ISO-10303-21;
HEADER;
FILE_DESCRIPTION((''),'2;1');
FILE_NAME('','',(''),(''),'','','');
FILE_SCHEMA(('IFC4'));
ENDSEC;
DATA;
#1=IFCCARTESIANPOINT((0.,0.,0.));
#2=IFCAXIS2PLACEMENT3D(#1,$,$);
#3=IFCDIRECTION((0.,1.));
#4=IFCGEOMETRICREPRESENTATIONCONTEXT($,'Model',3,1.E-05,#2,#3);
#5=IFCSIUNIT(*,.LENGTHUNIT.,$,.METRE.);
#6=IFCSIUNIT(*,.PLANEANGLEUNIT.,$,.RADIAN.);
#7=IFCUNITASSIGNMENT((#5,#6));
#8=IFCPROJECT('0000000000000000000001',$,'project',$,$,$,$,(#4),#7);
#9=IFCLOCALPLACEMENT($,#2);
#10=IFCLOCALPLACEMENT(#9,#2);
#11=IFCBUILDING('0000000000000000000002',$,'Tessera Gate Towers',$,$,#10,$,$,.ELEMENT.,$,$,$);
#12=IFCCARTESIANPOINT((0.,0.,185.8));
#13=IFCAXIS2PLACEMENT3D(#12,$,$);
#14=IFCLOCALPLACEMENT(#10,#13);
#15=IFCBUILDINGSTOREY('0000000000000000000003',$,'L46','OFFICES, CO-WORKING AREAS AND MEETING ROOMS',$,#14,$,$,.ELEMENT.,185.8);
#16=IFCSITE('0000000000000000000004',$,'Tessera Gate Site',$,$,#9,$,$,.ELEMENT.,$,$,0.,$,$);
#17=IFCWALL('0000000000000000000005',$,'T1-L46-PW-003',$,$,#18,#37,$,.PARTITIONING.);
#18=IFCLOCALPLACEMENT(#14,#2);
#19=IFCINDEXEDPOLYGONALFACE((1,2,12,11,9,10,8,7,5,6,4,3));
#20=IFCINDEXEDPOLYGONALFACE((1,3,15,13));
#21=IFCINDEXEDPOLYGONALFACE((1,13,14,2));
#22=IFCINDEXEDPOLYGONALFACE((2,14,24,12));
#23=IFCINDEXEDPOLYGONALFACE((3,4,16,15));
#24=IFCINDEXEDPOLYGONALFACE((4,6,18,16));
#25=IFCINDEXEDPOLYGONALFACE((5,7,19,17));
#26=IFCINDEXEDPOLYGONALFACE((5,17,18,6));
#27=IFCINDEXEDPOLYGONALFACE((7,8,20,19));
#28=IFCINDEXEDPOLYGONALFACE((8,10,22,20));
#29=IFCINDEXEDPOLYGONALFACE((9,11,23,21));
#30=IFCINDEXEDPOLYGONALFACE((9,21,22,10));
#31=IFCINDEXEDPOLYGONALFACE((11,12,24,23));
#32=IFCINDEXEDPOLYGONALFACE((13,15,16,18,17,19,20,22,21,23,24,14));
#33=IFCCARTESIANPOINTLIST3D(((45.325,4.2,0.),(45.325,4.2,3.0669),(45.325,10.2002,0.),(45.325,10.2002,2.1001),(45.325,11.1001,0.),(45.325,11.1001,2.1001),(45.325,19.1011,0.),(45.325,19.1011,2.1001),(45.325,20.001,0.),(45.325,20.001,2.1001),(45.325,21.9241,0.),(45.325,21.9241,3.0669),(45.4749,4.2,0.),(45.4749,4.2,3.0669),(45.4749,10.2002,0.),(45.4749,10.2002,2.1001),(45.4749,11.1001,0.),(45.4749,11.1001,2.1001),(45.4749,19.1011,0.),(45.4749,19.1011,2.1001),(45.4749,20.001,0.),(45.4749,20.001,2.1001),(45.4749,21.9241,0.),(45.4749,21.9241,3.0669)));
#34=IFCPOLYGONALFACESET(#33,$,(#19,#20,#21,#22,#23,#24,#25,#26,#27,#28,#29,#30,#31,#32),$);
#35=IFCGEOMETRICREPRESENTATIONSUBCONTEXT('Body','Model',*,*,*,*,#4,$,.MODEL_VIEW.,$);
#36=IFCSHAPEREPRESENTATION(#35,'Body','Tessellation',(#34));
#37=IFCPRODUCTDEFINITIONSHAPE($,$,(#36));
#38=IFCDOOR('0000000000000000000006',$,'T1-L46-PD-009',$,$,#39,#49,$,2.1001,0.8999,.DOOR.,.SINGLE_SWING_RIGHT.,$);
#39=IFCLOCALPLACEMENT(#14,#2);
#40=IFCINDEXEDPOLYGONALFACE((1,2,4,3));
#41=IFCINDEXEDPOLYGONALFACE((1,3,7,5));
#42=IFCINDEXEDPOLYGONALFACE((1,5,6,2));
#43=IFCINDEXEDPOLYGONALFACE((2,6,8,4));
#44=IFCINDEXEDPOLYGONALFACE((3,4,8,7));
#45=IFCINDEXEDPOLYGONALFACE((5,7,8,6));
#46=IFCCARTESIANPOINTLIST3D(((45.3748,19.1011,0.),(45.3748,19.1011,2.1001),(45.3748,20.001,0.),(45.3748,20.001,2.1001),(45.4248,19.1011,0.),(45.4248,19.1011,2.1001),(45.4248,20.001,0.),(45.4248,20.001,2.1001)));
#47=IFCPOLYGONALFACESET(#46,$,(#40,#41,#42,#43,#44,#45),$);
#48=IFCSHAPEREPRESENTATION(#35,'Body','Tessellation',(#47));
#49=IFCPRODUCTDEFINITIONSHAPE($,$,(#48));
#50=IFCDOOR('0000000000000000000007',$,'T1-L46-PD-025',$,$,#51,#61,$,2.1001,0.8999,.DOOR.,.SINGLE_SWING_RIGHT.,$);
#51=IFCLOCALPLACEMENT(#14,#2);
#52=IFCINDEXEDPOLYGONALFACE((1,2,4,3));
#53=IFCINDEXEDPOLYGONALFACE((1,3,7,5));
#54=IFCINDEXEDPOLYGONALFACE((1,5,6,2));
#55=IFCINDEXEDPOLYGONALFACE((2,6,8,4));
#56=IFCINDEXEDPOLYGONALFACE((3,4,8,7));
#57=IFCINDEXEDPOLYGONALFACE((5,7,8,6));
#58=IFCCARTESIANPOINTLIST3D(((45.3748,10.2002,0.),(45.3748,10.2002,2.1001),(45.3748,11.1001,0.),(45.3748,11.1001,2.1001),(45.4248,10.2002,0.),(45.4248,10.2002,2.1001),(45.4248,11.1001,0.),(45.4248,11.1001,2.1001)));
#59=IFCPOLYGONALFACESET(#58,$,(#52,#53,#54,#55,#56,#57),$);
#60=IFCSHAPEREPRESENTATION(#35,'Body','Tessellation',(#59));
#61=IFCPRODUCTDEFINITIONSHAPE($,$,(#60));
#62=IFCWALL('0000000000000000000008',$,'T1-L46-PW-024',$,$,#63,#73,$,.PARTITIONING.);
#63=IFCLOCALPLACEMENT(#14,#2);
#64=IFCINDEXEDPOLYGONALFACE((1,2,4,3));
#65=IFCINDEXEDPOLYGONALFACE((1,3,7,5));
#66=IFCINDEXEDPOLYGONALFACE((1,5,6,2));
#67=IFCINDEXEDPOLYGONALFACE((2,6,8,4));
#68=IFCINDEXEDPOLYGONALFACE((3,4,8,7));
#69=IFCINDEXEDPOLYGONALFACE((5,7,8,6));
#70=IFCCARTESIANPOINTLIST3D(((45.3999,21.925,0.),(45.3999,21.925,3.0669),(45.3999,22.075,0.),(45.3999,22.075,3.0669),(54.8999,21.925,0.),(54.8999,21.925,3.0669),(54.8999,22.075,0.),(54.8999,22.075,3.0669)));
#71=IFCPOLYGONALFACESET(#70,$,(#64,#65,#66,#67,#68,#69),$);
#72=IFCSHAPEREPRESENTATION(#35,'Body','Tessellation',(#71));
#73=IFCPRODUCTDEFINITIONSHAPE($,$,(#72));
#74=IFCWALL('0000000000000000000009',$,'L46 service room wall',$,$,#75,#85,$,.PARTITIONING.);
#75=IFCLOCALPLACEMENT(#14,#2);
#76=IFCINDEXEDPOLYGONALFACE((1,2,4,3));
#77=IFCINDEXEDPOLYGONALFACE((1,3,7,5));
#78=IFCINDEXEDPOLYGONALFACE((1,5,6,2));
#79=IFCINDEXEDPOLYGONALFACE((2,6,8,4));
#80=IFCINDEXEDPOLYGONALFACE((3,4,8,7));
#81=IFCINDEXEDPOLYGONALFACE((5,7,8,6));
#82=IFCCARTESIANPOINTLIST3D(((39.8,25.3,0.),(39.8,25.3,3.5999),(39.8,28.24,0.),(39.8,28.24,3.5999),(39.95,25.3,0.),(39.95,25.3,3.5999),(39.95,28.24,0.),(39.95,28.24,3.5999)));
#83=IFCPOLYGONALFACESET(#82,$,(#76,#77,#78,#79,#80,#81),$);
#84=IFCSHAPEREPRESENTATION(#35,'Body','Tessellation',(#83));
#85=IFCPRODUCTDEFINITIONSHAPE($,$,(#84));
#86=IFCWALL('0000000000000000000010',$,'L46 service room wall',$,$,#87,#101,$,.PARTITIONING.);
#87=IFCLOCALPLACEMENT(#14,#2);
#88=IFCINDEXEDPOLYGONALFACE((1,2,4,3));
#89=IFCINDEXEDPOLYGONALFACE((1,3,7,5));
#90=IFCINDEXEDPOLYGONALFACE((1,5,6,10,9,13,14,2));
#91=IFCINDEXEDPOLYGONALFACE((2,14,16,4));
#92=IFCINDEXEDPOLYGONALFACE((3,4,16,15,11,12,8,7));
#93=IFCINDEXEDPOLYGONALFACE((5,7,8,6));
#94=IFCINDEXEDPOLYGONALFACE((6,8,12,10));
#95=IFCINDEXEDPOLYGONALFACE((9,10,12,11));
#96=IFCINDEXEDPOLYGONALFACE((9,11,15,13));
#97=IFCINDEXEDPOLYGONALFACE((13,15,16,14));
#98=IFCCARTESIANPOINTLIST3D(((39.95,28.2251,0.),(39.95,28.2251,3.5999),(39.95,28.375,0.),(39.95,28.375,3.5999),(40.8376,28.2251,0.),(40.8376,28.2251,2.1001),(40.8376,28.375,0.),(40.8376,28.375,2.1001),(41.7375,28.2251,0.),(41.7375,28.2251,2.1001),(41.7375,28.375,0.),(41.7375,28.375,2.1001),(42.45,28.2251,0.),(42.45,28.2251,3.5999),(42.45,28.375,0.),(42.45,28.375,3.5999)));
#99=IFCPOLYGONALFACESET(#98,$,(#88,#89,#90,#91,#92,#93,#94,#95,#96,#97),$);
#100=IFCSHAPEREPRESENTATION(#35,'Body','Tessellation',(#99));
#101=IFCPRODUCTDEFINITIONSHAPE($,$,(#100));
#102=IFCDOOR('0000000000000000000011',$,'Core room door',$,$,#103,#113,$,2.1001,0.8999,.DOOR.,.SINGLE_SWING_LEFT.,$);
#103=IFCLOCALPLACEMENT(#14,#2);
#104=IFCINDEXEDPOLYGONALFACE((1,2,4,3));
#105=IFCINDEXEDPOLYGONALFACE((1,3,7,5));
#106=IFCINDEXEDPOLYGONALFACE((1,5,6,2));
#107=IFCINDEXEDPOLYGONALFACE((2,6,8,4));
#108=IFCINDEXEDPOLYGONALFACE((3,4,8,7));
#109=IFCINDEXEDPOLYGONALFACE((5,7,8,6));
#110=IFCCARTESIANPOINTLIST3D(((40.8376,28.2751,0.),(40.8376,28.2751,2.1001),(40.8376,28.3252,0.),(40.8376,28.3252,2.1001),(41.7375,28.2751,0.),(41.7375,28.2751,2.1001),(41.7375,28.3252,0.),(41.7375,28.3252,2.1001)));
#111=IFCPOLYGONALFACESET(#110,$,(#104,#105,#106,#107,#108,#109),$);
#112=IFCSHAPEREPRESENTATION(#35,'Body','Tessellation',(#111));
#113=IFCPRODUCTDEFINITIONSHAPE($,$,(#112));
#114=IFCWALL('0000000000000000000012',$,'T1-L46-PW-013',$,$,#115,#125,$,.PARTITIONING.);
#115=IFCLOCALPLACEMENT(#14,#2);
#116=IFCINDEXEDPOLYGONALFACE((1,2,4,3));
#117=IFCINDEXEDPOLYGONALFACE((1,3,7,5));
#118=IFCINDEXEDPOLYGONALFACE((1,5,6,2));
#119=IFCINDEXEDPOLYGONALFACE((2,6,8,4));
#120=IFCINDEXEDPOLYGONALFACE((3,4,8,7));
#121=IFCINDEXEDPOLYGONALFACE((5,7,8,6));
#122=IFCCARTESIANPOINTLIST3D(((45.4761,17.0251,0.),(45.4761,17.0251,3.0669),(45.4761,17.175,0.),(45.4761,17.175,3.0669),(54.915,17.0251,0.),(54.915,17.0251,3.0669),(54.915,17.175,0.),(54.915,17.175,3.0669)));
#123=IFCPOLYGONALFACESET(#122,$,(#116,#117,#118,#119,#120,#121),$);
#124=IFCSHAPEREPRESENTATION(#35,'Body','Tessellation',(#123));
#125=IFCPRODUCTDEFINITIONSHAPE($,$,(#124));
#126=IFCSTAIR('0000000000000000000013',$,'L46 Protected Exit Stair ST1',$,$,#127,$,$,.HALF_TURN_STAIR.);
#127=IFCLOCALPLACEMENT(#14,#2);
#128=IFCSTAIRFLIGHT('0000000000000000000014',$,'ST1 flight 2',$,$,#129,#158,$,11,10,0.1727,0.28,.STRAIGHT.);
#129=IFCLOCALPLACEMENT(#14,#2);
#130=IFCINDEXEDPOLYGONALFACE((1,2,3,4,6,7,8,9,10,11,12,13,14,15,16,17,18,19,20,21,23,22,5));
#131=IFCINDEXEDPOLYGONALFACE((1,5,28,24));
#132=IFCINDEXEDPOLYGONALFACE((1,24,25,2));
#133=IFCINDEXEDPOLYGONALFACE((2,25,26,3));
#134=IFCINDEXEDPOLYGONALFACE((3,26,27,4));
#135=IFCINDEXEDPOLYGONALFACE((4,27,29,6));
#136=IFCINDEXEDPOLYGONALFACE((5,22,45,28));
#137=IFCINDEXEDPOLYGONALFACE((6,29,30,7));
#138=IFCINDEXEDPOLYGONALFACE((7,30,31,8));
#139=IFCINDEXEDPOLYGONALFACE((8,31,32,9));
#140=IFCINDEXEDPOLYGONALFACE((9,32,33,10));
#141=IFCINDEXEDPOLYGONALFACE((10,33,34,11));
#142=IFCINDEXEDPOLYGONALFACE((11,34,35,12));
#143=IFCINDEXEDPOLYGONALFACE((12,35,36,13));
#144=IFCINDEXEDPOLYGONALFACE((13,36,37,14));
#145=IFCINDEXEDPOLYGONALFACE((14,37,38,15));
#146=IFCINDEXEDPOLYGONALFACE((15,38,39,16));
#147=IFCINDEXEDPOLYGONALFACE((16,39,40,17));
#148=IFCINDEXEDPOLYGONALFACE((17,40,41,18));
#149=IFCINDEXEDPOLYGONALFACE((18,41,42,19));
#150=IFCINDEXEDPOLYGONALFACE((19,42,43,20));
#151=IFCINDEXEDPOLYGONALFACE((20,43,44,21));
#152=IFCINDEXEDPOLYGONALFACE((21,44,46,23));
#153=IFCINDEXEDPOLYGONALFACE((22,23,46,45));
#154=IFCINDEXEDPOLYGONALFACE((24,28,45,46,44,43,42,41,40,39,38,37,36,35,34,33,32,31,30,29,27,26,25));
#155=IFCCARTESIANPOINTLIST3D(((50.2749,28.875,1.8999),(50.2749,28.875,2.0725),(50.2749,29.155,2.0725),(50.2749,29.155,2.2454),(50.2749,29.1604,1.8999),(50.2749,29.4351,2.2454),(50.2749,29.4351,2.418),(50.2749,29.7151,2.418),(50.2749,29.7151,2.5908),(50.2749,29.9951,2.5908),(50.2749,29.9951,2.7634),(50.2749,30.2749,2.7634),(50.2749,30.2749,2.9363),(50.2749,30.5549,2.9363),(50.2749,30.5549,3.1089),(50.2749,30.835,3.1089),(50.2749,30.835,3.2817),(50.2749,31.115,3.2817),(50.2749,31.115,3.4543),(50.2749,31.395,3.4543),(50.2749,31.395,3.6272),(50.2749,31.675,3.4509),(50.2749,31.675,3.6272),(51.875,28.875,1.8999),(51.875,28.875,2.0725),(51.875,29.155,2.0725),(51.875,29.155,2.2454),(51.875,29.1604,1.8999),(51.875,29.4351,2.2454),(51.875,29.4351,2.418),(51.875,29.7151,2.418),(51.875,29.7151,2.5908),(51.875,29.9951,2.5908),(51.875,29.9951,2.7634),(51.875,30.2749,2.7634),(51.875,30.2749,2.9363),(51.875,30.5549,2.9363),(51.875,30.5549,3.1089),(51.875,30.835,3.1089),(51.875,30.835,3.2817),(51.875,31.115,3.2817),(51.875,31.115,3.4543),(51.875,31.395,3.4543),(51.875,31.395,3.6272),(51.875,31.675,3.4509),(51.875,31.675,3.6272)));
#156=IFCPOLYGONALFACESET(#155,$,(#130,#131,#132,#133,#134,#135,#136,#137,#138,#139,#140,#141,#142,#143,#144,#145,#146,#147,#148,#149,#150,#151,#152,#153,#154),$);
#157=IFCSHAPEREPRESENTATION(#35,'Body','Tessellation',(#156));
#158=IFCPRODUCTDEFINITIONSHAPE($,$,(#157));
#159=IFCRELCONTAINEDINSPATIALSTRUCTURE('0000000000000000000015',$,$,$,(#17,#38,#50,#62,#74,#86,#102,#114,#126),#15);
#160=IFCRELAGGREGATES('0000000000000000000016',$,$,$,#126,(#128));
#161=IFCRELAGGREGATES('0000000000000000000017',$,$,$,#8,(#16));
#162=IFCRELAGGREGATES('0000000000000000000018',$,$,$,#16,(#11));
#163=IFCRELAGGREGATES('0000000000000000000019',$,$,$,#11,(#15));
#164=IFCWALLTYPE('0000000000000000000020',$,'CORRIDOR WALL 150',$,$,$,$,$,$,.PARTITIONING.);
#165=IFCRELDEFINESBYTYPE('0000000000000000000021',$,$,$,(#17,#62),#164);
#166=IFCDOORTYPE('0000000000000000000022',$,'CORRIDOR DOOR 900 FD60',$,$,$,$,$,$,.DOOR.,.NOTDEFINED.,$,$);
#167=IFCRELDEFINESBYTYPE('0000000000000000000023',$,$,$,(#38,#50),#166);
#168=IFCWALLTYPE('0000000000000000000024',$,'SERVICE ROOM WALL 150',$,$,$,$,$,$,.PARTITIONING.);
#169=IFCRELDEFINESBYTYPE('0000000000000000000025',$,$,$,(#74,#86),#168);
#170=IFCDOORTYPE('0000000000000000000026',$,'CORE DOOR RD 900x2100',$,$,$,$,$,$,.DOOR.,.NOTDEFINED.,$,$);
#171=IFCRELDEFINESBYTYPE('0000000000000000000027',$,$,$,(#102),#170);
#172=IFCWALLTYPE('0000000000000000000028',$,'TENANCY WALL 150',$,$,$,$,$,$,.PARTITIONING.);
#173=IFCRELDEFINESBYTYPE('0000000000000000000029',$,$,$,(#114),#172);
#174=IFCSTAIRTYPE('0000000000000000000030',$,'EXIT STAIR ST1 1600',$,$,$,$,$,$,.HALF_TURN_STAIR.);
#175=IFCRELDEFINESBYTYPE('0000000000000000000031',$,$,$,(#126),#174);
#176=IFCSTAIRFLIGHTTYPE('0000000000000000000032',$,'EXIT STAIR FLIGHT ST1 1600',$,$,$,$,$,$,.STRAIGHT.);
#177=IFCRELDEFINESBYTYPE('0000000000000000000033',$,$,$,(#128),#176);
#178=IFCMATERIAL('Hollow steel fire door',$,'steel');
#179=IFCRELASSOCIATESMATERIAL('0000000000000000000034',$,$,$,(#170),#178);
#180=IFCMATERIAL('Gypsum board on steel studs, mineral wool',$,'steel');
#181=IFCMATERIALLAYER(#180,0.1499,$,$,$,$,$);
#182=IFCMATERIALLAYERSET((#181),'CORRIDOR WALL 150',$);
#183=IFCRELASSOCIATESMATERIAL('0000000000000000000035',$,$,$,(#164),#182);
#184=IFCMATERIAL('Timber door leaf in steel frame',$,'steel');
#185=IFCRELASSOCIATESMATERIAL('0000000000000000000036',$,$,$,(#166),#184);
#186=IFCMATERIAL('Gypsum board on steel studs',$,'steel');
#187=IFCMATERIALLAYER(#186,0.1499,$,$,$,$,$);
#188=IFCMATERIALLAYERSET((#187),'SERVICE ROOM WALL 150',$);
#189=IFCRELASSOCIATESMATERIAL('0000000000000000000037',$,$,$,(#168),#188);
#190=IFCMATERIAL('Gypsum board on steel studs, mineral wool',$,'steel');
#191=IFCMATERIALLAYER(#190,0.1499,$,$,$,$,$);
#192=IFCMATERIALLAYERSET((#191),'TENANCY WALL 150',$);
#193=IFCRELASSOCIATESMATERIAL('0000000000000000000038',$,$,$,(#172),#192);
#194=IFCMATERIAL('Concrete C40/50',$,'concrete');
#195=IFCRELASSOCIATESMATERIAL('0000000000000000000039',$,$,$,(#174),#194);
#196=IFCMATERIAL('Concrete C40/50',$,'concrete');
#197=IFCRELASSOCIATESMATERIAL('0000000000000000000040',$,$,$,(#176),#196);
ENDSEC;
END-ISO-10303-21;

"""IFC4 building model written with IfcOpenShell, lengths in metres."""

from ifc_helpers import new_model, si_unit, direction, frame, frame_2d, origin, place, context, subcontext, project, spatial, polyline, rectangle, outline, extrude, source, transform, mapped, material, layer, layer_set, type_object, element, fill, aggregate, save


model = new_model("IFC4")

# Units and contexts
model_context = context("Model", 3, precision=1e-05, world=origin(), true_north=direction((0.0, 1.0)))
body_context = subcontext(model_context, "Body", "Model", "MODEL_VIEW")
ifc_project = project(units=[si_unit("LENGTHUNIT", "METRE"), si_unit("PLANEANGLEUNIT", "RADIAN")], contexts=[model_context])

# Site, building, storey
site_placement = place(None, origin())
site = spatial("IfcSite", under=ifc_project, at=site_placement, Name="Tessera Gate Site", CompositionType="ELEMENT", RefElevation=0.0)
building_placement = place(site_placement, origin())
building = spatial("IfcBuilding", under=site, at=building_placement, Name="Tessera Gate Towers", CompositionType="ELEMENT")
storey_placement = place(building_placement, frame((0.0, 0.0, 185.8)))
storey = spatial("IfcBuildingStorey", under=building, at=storey_placement, Name="L46", Description="OFFICES, CO-WORKING AREAS AND MEETING ROOMS", CompositionType="ELEMENT", Elevation=185.8)

# Shared definitions
ifc_material_1 = material(Name="Hollow steel fire door", Category="steel")
door_type_1 = type_object("IfcDoorType", Name="CORE DOOR RD 900x2100", OperationType="NOTDEFINED", PredefinedType="DOOR", material=ifc_material_1)
shared_shape_1 = source(origin(), body_context, "Body", "SweptSolid", [
    extrude(rectangle(XDim=0.8999, YDim=2.1001, at=frame_2d((0.45, 1.05))), frame((0.0, 0.0249, 0.0), z_axis=(0.0, -1.0, 0.0), x_axis=(1.0, 0.0, 0.0)), (0.0, 0.0, 1.0), 0.05),
])

# Wall, openings, doors
ifc_material_2 = material(Name="Gypsum board on steel studs, mineral wool", Category="steel")
ifc_layer_1 = layer(ifc_material_2, 0.1499)
ifc_layer_set_1 = layer_set([ifc_layer_1], Name="CORRIDOR WALL 150")
wall_type_1 = type_object("IfcWallType", Name="CORRIDOR WALL 150", PredefinedType="PARTITIONING", material=ifc_layer_set_1)
wall_1_placement = place(storey_placement, frame((45.3999, 21.9241, 0.0), z_axis=(0.0, 0.0, 1.0), x_axis=(0.0, -1.0, 0.0)))
wall_1 = element("IfcWall", 1, at=wall_1_placement, inside=storey, type_object=wall_type_1, Name="T1-L46-PW-003", PredefinedType="PARTITIONING", context=body_context, shape_type="SweptSolid", body=[
    extrude(rectangle(XDim=17.7241, YDim=0.1499, at=frame_2d((8.8621, 0.0))), origin(), (0.0, 0.0, 1.0), 3.0669),
])
shared_shape_2 = source(origin(), body_context, "Body", "SweptSolid", [
    extrude(rectangle(XDim=0.8999, YDim=2.1001, at=frame_2d((0.45, 1.05))), frame((0.0, 0.085, 0.0), z_axis=(0.0, -1.0, 0.0), x_axis=(1.0, 0.0, 0.0)), (0.0, 0.0, 1.0), 0.1699),
])
opening_1_placement = place(wall_1_placement, frame((1.9231, 0.0, 0.0)))
opening_1 = element("IfcOpeningElement", 2, at=opening_1_placement, cuts=wall_1, PredefinedType="OPENING", context=body_context, shape_type="MappedRepresentation", body=[
    mapped(shared_shape_2, transform((0.0, 0.0, 0.0), scale=1.0)),
])
opening_2_placement = place(wall_1_placement, frame((10.824, 0.0, 0.0)))
opening_2 = element("IfcOpeningElement", 3, at=opening_2_placement, cuts=wall_1, PredefinedType="OPENING", context=body_context, shape_type="MappedRepresentation", body=[
    mapped(shared_shape_2, transform((0.0, 0.0, 0.0), scale=1.0)),
])
ifc_material_3 = material(Name="Timber door leaf in steel frame", Category="steel")
door_type_2 = type_object("IfcDoorType", Name="CORRIDOR DOOR 900 FD60", OperationType="NOTDEFINED", PredefinedType="DOOR", material=ifc_material_3)
door_1_placement = place(opening_1_placement, origin())
door_1 = element("IfcDoor", 4, at=door_1_placement, inside=storey, type_object=door_type_2, Name="T1-L46-PD-009", OperationType="SINGLE_SWING_RIGHT", OverallHeight=2.1001, OverallWidth=0.8999, PredefinedType="DOOR", context=body_context, shape_type="MappedRepresentation", body=[
    mapped(shared_shape_1, transform((0.0, 0.0, 0.0), scale=1.0)),
])
fill(opening_1, door_1)
door_2_placement = place(opening_2_placement, origin())
door_2 = element("IfcDoor", 5, at=door_2_placement, inside=storey, type_object=door_type_2, Name="T1-L46-PD-025", OperationType="SINGLE_SWING_RIGHT", OverallHeight=2.1001, OverallWidth=0.8999, PredefinedType="DOOR", context=body_context, shape_type="MappedRepresentation", body=[
    mapped(shared_shape_1, transform((0.0, 0.0, 0.0), scale=1.0)),
])
fill(opening_2, door_2)

# Walls
wall_2_placement = place(storey_placement, frame((45.3999, 22.0, 0.0), z_axis=(0.0, 0.0, 1.0), x_axis=(1.0, 0.0, 0.0)))
element("IfcWall", 6, at=wall_2_placement, inside=storey, type_object=wall_type_1, Name="T1-L46-PW-024", PredefinedType="PARTITIONING", context=body_context, shape_type="SweptSolid", body=[
    extrude(rectangle(XDim=9.5, YDim=0.1499, at=frame_2d((4.75, 0.0))), origin(), (0.0, 0.0, 1.0), 3.0669),
])
ifc_material_4 = material(Name="Gypsum board on steel studs", Category="steel")
ifc_layer_2 = layer(ifc_material_4, 0.1499)
ifc_layer_set_2 = layer_set([ifc_layer_2], Name="SERVICE ROOM WALL 150")
wall_type_2 = type_object("IfcWallType", Name="SERVICE ROOM WALL 150", PredefinedType="PARTITIONING", material=ifc_layer_set_2)
wall_3_placement = place(storey_placement, frame((39.875, 25.3, 0.0), z_axis=(0.0, 0.0, 1.0), x_axis=(0.0, 1.0, 0.0)))
element("IfcWall", 7, at=wall_3_placement, inside=storey, type_object=wall_type_2, Name="L46 service room wall", PredefinedType="PARTITIONING", context=body_context, shape_type="SweptSolid", body=[
    extrude(rectangle(XDim=2.9399, YDim=0.1499, at=frame_2d((1.47, 0.0))), origin(), (0.0, 0.0, 1.0), 3.5999),
])

# Wall, opening, door
wall_4_placement = place(storey_placement, frame((42.45, 28.3, 0.0), z_axis=(0.0, 0.0, 1.0), x_axis=(-1.0, 0.0, 0.0)))
wall_4 = element("IfcWall", 8, at=wall_4_placement, inside=storey, type_object=wall_type_2, Name="L46 service room wall", PredefinedType="PARTITIONING", context=body_context, shape_type="SweptSolid", body=[
    extrude(rectangle(XDim=2.5, YDim=0.1499, at=frame_2d((1.25, 0.0))), origin(), (0.0, 0.0, 1.0), 3.5999),
])
opening_3_placement = place(wall_4_placement, frame((0.7124, 0.0, 0.0)))
opening_3 = element("IfcOpeningElement", 9, at=opening_3_placement, cuts=wall_4, PredefinedType="OPENING", context=body_context, shape_type="MappedRepresentation", body=[
    mapped(shared_shape_2, transform((0.0, 0.0, 0.0), scale=1.0)),
])
door_3_placement = place(opening_3_placement, origin())
door_3 = element("IfcDoor", 10, at=door_3_placement, inside=storey, type_object=door_type_1, Name="Core room door", OperationType="SINGLE_SWING_LEFT", OverallHeight=2.1001, OverallWidth=0.8999, PredefinedType="DOOR", context=body_context, shape_type="MappedRepresentation", body=[
    mapped(shared_shape_1, transform((0.0, 0.0, 0.0), scale=1.0)),
])
fill(opening_3, door_3)

# Wall
ifc_material_5 = material(Name="Gypsum board on steel studs, mineral wool", Category="steel")
ifc_layer_3 = layer(ifc_material_5, 0.1499)
ifc_layer_set_3 = layer_set([ifc_layer_3], Name="TENANCY WALL 150")
wall_type_3 = type_object("IfcWallType", Name="TENANCY WALL 150", PredefinedType="PARTITIONING", material=ifc_layer_set_3)
wall_5_placement = place(storey_placement, frame((45.4761, 17.1001, 0.0), z_axis=(0.0, 0.0, 1.0), x_axis=(1.0, 0.0, 0.0)))
element("IfcWall", 11, at=wall_5_placement, inside=storey, type_object=wall_type_3, Name="T1-L46-PW-013", PredefinedType="PARTITIONING", context=body_context, shape_type="SweptSolid", body=[
    extrude(rectangle(XDim=9.439, YDim=0.1499, at=frame_2d((4.7195, 0.0))), origin(), (0.0, 0.0, 1.0), 3.0669),
])

# Stair, stair flight
ifc_material_6 = material(Name="Concrete C40/50", Category="concrete")
stair_type = type_object("IfcStairType", Name="EXIT STAIR ST1 1600", PredefinedType="HALF_TURN_STAIR", material=ifc_material_6)
stair_placement = place(storey_placement, origin())
stair = element("IfcStair", 12, at=stair_placement, inside=storey, type_object=stair_type, Name="L46 Protected Exit Stair ST1", PredefinedType="HALF_TURN_STAIR")
ifc_material_7 = material(Name="Concrete C40/50", Category="concrete")
stair_flight_type = type_object("IfcStairFlightType", Name="EXIT STAIR FLIGHT ST1 1600", PredefinedType="STRAIGHT", material=ifc_material_7)
stair_flight_placement = place(storey_placement, frame((51.075, 28.875, 1.8999), z_axis=(0.0, 0.0, 1.0), x_axis=(0.0, 1.0, 0.0)))
stair_flight = element("IfcStairFlight", 13, at=stair_flight_placement, type_object=stair_flight_type, Name="ST1 flight 2", NumberOfRisers=11, NumberOfTreads=10, PredefinedType="STRAIGHT", RiserHeight=0.1727, TreadLength=0.28, context=body_context, shape_type="SweptSolid", body=[
    extrude(outline(polyline([(0.0, 0.0), (0.0, 0.1726), (0.28, 0.1726), (0.28, 0.3455), (0.5601, 0.3455), (0.5601, 0.5181), (0.8401, 0.5181), (0.8401, 0.6909), (1.1201, 0.6909), (1.1201, 0.8635), (1.3999, 0.8635), (1.3999, 1.0364), (1.6799, 1.0364), (1.6799, 1.209), (1.96, 1.209), (1.96, 1.3818), (2.24, 1.3818), (2.24, 1.5544), (2.52, 1.5544), (2.52, 1.7273), (2.8, 1.7273), (2.8, 1.8999), (2.8, 1.551), (0.2854, 0.0), (0.0, 0.0)])), frame((0.0, 0.8, 0.0), z_axis=(0.0, -1.0, 0.0), x_axis=(1.0, 0.0, 0.0)), (0.0, 0.0, 1.0), 1.6001),
])
aggregate(stair, [stair_flight])

save(model, "model.ifc")
